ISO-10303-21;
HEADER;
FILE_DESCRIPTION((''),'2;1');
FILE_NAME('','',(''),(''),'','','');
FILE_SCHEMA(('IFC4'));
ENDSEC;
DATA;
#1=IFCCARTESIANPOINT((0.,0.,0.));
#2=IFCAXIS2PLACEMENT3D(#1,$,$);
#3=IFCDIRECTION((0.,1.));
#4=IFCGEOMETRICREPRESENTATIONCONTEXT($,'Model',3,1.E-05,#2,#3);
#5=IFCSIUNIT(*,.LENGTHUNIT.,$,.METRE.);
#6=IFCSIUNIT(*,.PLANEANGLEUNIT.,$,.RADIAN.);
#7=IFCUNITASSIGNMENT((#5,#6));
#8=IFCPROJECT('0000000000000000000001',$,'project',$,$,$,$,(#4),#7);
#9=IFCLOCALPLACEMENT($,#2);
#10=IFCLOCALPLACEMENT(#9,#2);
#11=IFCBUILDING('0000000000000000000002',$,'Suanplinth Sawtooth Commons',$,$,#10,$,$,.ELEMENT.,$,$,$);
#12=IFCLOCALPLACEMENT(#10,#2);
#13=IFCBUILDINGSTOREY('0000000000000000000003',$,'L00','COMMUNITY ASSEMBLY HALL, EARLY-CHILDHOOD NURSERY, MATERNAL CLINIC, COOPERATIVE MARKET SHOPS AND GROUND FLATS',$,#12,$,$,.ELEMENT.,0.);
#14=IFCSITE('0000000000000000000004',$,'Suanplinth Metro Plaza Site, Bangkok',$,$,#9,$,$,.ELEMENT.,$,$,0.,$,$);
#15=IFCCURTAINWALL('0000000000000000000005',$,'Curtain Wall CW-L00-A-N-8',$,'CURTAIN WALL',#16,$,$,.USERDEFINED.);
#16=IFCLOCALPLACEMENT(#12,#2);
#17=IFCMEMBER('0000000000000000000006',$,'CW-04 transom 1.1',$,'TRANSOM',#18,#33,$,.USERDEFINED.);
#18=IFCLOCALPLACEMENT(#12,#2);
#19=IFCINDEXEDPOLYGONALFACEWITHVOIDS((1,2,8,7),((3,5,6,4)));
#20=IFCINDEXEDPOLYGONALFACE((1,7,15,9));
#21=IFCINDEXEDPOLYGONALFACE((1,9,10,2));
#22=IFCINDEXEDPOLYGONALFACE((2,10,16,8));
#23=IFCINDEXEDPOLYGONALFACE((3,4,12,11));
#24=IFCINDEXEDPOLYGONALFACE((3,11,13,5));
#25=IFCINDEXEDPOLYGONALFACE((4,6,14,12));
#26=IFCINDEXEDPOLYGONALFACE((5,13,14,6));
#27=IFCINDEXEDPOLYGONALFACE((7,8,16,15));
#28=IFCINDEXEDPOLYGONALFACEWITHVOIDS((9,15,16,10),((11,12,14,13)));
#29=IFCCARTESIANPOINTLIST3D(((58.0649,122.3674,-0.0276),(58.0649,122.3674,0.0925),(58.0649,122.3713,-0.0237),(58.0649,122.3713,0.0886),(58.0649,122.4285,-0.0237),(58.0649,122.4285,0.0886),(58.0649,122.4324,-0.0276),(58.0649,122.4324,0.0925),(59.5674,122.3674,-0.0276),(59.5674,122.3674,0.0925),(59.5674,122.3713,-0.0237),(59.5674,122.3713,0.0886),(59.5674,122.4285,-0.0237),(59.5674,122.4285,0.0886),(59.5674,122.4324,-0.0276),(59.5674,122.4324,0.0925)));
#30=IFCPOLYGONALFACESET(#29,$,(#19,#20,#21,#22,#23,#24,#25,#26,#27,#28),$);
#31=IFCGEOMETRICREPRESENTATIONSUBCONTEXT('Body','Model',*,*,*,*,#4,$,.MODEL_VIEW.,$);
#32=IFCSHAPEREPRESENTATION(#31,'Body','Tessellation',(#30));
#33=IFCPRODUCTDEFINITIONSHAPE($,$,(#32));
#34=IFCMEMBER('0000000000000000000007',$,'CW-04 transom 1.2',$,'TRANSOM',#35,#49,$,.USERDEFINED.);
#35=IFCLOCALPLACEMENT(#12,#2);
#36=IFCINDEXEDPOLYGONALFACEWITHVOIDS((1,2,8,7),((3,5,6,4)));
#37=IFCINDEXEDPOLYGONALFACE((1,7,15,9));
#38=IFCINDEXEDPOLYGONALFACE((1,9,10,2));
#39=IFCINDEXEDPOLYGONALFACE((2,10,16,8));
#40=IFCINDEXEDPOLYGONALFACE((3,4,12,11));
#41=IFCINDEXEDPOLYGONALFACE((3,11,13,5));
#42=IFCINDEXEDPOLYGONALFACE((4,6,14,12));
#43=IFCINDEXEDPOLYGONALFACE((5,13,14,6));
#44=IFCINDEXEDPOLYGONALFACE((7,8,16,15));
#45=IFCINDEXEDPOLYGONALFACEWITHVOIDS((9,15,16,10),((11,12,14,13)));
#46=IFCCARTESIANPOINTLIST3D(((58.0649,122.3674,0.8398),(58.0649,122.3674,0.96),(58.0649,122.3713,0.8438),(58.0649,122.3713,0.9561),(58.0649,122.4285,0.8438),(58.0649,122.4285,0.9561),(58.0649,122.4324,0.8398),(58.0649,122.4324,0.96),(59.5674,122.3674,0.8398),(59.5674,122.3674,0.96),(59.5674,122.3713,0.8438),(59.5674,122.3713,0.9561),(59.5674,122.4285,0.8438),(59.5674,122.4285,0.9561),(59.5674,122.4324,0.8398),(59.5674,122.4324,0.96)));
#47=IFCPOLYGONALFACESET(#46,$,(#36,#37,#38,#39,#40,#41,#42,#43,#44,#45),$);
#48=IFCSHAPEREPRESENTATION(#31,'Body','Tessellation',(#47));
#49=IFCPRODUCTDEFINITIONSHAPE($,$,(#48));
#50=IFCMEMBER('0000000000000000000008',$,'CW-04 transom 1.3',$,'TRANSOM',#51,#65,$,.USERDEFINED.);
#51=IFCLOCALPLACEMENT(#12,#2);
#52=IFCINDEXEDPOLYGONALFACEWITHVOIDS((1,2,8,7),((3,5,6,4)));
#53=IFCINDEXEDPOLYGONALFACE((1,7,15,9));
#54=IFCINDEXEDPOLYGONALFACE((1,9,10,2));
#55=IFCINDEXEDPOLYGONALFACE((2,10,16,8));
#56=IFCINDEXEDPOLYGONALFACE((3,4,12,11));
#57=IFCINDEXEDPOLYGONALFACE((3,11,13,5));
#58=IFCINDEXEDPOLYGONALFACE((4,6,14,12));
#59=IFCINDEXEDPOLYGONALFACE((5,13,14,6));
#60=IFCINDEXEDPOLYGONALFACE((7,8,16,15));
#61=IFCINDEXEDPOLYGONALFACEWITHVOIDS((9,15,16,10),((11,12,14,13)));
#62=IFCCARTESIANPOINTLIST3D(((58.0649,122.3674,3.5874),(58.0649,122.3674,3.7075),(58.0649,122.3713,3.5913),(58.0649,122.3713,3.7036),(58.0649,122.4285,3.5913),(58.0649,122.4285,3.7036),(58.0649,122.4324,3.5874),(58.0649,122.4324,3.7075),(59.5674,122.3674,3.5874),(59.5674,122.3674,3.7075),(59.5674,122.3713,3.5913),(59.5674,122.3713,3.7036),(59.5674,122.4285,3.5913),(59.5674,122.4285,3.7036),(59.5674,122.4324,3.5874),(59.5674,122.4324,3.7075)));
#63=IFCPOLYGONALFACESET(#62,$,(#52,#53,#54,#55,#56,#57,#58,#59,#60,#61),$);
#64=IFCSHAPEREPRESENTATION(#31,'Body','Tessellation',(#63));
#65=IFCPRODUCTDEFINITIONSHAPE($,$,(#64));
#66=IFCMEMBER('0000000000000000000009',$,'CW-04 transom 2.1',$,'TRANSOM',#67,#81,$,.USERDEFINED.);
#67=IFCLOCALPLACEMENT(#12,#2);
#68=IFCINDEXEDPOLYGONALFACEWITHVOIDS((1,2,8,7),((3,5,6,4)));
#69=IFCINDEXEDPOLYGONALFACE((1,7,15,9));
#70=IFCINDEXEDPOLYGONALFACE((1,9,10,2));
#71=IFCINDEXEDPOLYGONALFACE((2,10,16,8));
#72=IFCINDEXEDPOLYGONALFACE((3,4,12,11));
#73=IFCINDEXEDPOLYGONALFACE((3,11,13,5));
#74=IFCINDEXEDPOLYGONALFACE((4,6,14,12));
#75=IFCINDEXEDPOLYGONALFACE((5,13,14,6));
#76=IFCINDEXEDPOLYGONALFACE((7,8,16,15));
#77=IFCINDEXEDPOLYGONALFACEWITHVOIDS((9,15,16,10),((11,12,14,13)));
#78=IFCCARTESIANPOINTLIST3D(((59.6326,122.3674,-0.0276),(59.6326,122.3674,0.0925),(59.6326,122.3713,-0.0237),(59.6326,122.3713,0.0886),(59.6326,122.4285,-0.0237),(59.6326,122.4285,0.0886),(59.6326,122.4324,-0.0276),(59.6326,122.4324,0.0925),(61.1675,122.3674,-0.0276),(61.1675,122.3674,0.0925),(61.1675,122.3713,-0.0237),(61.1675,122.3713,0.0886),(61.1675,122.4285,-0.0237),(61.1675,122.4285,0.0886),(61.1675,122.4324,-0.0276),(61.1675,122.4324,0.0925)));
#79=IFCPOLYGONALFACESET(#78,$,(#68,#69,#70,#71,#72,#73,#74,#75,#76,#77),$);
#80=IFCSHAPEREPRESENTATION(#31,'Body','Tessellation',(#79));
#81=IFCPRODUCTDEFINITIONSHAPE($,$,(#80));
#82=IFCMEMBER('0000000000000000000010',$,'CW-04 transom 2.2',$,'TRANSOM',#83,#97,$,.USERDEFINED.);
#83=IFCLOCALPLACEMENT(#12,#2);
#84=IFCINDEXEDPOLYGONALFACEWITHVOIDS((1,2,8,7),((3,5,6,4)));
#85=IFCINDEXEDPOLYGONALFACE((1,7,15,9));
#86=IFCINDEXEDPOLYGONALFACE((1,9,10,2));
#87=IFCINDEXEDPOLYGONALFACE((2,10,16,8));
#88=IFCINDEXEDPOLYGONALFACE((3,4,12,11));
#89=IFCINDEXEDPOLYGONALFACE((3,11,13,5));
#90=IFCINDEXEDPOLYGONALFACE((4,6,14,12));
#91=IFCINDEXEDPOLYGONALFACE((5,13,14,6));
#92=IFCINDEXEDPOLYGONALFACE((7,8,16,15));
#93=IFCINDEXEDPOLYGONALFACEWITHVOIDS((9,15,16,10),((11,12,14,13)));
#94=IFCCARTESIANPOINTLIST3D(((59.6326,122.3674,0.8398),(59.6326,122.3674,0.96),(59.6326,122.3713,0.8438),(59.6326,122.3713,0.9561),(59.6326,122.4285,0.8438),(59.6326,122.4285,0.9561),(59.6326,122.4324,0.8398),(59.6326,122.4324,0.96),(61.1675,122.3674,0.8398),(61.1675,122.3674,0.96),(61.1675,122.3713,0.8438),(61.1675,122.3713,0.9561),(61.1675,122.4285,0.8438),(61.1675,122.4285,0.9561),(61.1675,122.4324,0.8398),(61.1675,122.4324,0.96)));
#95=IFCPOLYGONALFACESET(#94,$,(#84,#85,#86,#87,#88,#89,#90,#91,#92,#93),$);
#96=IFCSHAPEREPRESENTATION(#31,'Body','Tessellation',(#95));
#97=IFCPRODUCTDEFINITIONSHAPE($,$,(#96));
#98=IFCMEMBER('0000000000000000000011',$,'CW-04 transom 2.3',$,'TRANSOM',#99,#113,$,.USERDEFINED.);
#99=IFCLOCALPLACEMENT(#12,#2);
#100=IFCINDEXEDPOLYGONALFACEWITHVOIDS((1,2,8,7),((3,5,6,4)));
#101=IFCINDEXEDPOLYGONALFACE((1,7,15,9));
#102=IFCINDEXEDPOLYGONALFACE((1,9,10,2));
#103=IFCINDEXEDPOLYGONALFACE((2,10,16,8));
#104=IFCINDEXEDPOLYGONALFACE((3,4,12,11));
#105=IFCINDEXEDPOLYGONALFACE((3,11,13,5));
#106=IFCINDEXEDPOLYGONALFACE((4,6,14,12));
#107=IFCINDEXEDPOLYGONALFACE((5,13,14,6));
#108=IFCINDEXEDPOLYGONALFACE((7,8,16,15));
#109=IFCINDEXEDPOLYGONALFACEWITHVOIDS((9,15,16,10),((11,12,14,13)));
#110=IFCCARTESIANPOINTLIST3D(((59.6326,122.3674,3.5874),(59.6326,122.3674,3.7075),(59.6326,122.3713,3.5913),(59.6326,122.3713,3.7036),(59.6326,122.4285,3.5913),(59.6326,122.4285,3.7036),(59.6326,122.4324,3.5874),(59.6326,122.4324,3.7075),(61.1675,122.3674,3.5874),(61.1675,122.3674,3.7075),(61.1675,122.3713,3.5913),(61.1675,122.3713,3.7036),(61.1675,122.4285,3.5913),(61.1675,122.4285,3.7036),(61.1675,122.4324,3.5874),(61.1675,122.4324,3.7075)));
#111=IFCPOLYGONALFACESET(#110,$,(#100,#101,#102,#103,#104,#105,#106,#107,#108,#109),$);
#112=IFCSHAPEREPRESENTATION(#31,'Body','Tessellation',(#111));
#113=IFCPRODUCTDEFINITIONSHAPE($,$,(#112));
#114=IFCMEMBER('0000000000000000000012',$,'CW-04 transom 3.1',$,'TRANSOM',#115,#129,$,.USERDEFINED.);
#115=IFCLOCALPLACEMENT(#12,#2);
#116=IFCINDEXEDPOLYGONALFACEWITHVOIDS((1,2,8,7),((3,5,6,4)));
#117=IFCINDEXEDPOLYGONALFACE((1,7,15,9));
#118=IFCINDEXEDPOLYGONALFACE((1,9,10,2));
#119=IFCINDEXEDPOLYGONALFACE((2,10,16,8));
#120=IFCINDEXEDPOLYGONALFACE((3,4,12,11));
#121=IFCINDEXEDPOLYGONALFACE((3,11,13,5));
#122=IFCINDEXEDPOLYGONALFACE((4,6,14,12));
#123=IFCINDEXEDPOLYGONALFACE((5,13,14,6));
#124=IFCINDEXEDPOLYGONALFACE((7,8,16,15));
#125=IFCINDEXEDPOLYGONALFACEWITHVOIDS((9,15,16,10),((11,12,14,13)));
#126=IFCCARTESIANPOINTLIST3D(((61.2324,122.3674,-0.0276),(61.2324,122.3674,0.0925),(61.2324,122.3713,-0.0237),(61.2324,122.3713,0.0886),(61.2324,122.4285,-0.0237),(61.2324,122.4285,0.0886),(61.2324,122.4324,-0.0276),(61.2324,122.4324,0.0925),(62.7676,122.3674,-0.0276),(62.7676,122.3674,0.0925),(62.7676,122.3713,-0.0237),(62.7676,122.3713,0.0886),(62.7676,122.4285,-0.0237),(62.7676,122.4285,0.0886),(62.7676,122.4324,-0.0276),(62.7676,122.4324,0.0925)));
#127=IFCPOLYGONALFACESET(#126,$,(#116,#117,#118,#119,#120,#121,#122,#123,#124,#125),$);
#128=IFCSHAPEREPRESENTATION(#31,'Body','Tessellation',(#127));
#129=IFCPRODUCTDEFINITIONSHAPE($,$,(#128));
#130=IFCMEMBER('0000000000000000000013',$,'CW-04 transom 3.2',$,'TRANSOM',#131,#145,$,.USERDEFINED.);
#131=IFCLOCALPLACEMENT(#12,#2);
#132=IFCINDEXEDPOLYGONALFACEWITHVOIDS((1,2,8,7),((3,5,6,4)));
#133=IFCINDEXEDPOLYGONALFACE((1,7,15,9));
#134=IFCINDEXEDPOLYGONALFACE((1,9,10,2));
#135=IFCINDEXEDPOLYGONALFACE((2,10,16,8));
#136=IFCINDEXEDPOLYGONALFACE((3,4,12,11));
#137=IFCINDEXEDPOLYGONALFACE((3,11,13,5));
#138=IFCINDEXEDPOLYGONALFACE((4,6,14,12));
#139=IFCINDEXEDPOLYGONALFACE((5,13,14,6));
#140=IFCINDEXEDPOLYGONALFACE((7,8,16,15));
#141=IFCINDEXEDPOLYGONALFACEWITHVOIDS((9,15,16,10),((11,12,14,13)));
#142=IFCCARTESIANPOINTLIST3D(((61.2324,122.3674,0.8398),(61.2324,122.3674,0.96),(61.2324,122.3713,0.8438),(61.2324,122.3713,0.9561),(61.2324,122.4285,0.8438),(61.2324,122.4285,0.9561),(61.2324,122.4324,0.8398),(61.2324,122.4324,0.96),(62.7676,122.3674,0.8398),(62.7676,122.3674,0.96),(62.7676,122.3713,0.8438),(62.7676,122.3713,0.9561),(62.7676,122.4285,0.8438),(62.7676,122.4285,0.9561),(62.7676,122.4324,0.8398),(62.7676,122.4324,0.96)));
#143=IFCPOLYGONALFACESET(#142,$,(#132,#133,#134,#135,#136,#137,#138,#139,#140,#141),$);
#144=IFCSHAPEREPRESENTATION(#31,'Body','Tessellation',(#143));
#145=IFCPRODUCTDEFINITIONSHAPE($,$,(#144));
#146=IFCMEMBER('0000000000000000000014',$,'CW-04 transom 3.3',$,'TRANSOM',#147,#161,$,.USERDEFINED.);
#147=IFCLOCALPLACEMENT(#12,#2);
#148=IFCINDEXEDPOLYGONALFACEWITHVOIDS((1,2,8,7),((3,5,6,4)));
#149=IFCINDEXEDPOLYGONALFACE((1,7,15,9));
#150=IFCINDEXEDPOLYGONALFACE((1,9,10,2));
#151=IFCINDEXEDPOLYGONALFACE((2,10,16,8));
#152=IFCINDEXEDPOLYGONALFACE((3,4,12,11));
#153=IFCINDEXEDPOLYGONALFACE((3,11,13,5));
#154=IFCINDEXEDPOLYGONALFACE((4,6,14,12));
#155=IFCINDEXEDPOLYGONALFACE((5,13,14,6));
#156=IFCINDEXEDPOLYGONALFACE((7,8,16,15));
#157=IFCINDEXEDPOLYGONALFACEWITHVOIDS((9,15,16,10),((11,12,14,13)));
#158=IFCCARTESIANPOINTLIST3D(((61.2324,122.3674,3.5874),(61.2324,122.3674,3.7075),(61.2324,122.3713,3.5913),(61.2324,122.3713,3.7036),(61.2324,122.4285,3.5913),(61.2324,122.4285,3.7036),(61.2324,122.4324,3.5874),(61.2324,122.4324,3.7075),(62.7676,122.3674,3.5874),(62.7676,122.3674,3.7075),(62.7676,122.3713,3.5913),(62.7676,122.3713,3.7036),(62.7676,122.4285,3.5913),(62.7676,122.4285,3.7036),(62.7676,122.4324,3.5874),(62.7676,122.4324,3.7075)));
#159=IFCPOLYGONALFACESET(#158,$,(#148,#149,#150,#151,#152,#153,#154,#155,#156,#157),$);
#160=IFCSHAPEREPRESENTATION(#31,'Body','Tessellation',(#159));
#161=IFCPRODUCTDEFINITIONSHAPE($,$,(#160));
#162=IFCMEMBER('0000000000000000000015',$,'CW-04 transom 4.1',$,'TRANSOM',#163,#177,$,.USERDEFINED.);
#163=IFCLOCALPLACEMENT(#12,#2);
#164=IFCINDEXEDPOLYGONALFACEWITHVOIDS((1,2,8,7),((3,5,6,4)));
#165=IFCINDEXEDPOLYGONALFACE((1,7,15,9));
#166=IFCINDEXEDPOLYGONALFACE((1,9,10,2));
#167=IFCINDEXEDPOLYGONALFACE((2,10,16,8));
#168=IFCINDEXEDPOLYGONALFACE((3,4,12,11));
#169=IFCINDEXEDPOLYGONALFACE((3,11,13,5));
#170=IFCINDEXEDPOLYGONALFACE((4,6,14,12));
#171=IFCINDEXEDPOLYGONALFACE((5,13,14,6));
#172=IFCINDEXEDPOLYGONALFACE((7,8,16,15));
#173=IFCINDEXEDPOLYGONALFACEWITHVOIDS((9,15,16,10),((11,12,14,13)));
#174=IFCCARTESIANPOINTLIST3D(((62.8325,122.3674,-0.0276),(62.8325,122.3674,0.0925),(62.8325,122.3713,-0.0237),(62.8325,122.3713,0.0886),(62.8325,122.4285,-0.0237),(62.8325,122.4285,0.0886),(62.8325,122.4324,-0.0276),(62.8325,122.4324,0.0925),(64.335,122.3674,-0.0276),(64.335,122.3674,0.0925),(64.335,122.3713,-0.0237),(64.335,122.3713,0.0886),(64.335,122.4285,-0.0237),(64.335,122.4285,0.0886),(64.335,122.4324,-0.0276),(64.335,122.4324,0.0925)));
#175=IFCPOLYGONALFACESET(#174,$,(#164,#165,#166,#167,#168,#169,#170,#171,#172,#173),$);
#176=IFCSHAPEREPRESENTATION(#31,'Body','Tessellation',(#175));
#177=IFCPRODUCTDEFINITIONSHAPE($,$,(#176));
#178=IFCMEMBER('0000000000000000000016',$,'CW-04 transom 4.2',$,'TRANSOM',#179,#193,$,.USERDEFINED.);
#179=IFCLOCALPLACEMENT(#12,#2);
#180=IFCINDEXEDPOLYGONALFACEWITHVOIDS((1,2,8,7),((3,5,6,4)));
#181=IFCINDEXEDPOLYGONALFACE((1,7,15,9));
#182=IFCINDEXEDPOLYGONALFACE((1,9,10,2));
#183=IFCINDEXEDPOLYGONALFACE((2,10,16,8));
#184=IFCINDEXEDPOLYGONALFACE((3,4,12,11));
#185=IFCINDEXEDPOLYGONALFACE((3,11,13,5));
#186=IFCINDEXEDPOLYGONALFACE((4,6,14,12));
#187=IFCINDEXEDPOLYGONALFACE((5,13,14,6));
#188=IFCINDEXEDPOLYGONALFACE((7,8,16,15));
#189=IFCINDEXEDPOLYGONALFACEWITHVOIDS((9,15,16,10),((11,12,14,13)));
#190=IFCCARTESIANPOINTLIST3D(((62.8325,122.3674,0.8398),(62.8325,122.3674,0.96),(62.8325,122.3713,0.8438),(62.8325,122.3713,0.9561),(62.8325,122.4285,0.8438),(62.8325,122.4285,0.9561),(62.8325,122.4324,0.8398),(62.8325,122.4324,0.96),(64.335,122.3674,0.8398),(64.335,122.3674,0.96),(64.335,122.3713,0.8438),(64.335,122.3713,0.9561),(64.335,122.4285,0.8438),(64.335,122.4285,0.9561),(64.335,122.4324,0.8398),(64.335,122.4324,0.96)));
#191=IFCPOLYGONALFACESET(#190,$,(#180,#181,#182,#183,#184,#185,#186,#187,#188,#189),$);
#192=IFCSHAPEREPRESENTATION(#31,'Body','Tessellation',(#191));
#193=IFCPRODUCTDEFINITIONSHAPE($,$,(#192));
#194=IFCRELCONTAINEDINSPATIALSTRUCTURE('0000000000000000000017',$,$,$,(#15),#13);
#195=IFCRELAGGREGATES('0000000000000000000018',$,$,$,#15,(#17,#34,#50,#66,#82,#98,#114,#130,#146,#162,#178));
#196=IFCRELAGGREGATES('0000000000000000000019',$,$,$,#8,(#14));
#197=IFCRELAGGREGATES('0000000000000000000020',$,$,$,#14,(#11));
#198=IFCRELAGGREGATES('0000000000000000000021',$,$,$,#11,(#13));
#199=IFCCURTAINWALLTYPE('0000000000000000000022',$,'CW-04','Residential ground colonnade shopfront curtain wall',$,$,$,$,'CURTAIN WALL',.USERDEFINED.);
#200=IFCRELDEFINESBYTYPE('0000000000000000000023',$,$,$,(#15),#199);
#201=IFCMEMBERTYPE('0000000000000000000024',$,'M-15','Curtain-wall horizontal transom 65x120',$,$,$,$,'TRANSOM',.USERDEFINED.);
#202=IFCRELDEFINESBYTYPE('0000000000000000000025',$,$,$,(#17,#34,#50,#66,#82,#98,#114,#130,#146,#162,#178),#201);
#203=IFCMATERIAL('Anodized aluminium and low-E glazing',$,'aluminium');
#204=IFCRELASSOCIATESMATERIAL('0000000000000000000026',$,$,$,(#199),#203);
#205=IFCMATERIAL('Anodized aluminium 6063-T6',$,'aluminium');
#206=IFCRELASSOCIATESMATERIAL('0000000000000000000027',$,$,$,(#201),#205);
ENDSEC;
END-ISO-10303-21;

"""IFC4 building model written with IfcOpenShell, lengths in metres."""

from ifc_helpers import new_model, si_unit, direction, frame, origin, origin_2d, place, context, subcontext, project, spatial, hollow_rectangle, extrude, material, material_profile, profile_set, type_object, element, aggregate, save


model = new_model("IFC4")

# Units and contexts
model_context = context("Model", 3, precision=1e-05, world=origin(), true_north=direction((0.0, 1.0)))
body_context = subcontext(model_context, "Body", "Model", "MODEL_VIEW")
ifc_project = project(units=[si_unit("LENGTHUNIT", "METRE"), si_unit("PLANEANGLEUNIT", "RADIAN")], contexts=[model_context])

# Site, building, storey
site_placement = place(None, origin())
site = spatial("IfcSite", under=ifc_project, at=site_placement, Name="Suanplinth Metro Plaza Site, Bangkok", CompositionType="ELEMENT", RefElevation=0.0)
building_placement = place(site_placement, origin())
building = spatial("IfcBuilding", under=site, at=building_placement, Name="Suanplinth Sawtooth Commons", CompositionType="ELEMENT")
storey_placement = place(building_placement, origin())
storey = spatial("IfcBuildingStorey", under=building, at=storey_placement, Name="L00", Description="COMMUNITY ASSEMBLY HALL, EARLY-CHILDHOOD NURSERY, MATERNAL CLINIC, COOPERATIVE MARKET SHOPS AND GROUND FLATS", CompositionType="ELEMENT", Elevation=0.0)

# Curtain wall, members
ifc_material_1 = material(Name="Anodized aluminium and low-E glazing", Category="aluminium")
curtain_wall_type = type_object("IfcCurtainWallType", Name="CW-04", Description="Residential ground colonnade shopfront curtain wall", ElementType="CURTAIN WALL", PredefinedType="USERDEFINED", material=ifc_material_1)
curtain_wall_placement = place(storey_placement, origin())
curtain_wall = element("IfcCurtainWall", 1, at=curtain_wall_placement, inside=storey, type_object=curtain_wall_type, Name="Curtain Wall CW-L00-A-N-8", ObjectType="CURTAIN WALL", PredefinedType="USERDEFINED")
ifc_material_2 = material(Name="Anodized aluminium 6063-T6", Category="aluminium")
ifc_material_profile_1 = material_profile(ifc_material_2, hollow_rectangle(XDim=0.0649, YDim=0.1201, WallThickness=0.0039, at=origin_2d()), Name="ALU-TRN 65x120")
ifc_profile_set_1 = profile_set([ifc_material_profile_1], Name="Anodized aluminium 6063-T6")
member_type_1 = type_object("IfcMemberType", Name="M-15", Description="Curtain-wall horizontal transom 65x120", ElementType="TRANSOM", PredefinedType="USERDEFINED", material=ifc_profile_set_1)
member_1_placement = place(storey_placement, frame((58.0649, 122.3999, 0.0325), z_axis=(1.0, 0.0, 0.0), x_axis=(0.0, 1.0, 0.0)))
member_1 = element("IfcMember", 2, at=member_1_placement, type_object=member_type_1, Name="CW-04 transom 1.1", ObjectType="TRANSOM", PredefinedType="USERDEFINED", context=body_context, shape_type="SweptSolid", body=[
    extrude(hollow_rectangle(XDim=0.0649, YDim=0.1201, WallThickness=0.0039, at=origin_2d()), origin(), (0.0, 0.0, 1.0), 1.5024),
])
member_2_placement = place(storey_placement, frame((58.0649, 122.3999, 0.8999), z_axis=(1.0, 0.0, 0.0), x_axis=(0.0, 1.0, 0.0)))
member_2 = element("IfcMember", 3, at=member_2_placement, type_object=member_type_1, Name="CW-04 transom 1.2", ObjectType="TRANSOM", PredefinedType="USERDEFINED", context=body_context, shape_type="SweptSolid", body=[
    extrude(hollow_rectangle(XDim=0.0649, YDim=0.1201, WallThickness=0.0039, at=origin_2d()), origin(), (0.0, 0.0, 1.0), 1.5024),
])
member_3_placement = place(storey_placement, frame((58.0649, 122.3999, 3.6475), z_axis=(1.0, 0.0, 0.0), x_axis=(0.0, 1.0, 0.0)))
member_3 = element("IfcMember", 4, at=member_3_placement, type_object=member_type_1, Name="CW-04 transom 1.3", ObjectType="TRANSOM", PredefinedType="USERDEFINED", context=body_context, shape_type="SweptSolid", body=[
    extrude(hollow_rectangle(XDim=0.0649, YDim=0.1201, WallThickness=0.0039, at=origin_2d()), origin(), (0.0, 0.0, 1.0), 1.5024),
])
member_4_placement = place(storey_placement, frame((59.6326, 122.3999, 0.0325), z_axis=(1.0, 0.0, 0.0), x_axis=(0.0, 1.0, 0.0)))
member_4 = element("IfcMember", 5, at=member_4_placement, type_object=member_type_1, Name="CW-04 transom 2.1", ObjectType="TRANSOM", PredefinedType="USERDEFINED", context=body_context, shape_type="SweptSolid", body=[
    extrude(hollow_rectangle(XDim=0.0649, YDim=0.1201, WallThickness=0.0039, at=origin_2d()), origin(), (0.0, 0.0, 1.0), 1.5349),
])
member_5_placement = place(storey_placement, frame((59.6326, 122.3999, 0.8999), z_axis=(1.0, 0.0, 0.0), x_axis=(0.0, 1.0, 0.0)))
member_5 = element("IfcMember", 6, at=member_5_placement, type_object=member_type_1, Name="CW-04 transom 2.2", ObjectType="TRANSOM", PredefinedType="USERDEFINED", context=body_context, shape_type="SweptSolid", body=[
    extrude(hollow_rectangle(XDim=0.0649, YDim=0.1201, WallThickness=0.0039, at=origin_2d()), origin(), (0.0, 0.0, 1.0), 1.5349),
])
member_6_placement = place(storey_placement, frame((59.6326, 122.3999, 3.6475), z_axis=(1.0, 0.0, 0.0), x_axis=(0.0, 1.0, 0.0)))
member_6 = element("IfcMember", 7, at=member_6_placement, type_object=member_type_1, Name="CW-04 transom 2.3", ObjectType="TRANSOM", PredefinedType="USERDEFINED", context=body_context, shape_type="SweptSolid", body=[
    extrude(hollow_rectangle(XDim=0.0649, YDim=0.1201, WallThickness=0.0039, at=origin_2d()), origin(), (0.0, 0.0, 1.0), 1.5349),
])
member_7_placement = place(storey_placement, frame((61.2324, 122.3999, 0.0325), z_axis=(1.0, 0.0, 0.0), x_axis=(0.0, 1.0, 0.0)))
member_7 = element("IfcMember", 8, at=member_7_placement, type_object=member_type_1, Name="CW-04 transom 3.1", ObjectType="TRANSOM", PredefinedType="USERDEFINED", context=body_context, shape_type="SweptSolid", body=[
    extrude(hollow_rectangle(XDim=0.0649, YDim=0.1201, WallThickness=0.0039, at=origin_2d()), origin(), (0.0, 0.0, 1.0), 1.5352),
])
member_8_placement = place(storey_placement, frame((61.2324, 122.3999, 0.8999), z_axis=(1.0, 0.0, 0.0), x_axis=(0.0, 1.0, 0.0)))
member_8 = element("IfcMember", 9, at=member_8_placement, type_object=member_type_1, Name="CW-04 transom 3.2", ObjectType="TRANSOM", PredefinedType="USERDEFINED", context=body_context, shape_type="SweptSolid", body=[
    extrude(hollow_rectangle(XDim=0.0649, YDim=0.1201, WallThickness=0.0039, at=origin_2d()), origin(), (0.0, 0.0, 1.0), 1.5352),
])
member_9_placement = place(storey_placement, frame((61.2324, 122.3999, 3.6475), z_axis=(1.0, 0.0, 0.0), x_axis=(0.0, 1.0, 0.0)))
member_9 = element("IfcMember", 10, at=member_9_placement, type_object=member_type_1, Name="CW-04 transom 3.3", ObjectType="TRANSOM", PredefinedType="USERDEFINED", context=body_context, shape_type="SweptSolid", body=[
    extrude(hollow_rectangle(XDim=0.0649, YDim=0.1201, WallThickness=0.0039, at=origin_2d()), origin(), (0.0, 0.0, 1.0), 1.5352),
])
member_10_placement = place(storey_placement, frame((62.8325, 122.3999, 0.0325), z_axis=(1.0, 0.0, 0.0), x_axis=(0.0, 1.0, 0.0)))
member_10 = element("IfcMember", 11, at=member_10_placement, type_object=member_type_1, Name="CW-04 transom 4.1", ObjectType="TRANSOM", PredefinedType="USERDEFINED", context=body_context, shape_type="SweptSolid", body=[
    extrude(hollow_rectangle(XDim=0.0649, YDim=0.1201, WallThickness=0.0039, at=origin_2d()), origin(), (0.0, 0.0, 1.0), 1.5024),
])
member_11_placement = place(storey_placement, frame((62.8325, 122.3999, 0.8999), z_axis=(1.0, 0.0, 0.0), x_axis=(0.0, 1.0, 0.0)))
member_11 = element("IfcMember", 12, at=member_11_placement, type_object=member_type_1, Name="CW-04 transom 4.2", ObjectType="TRANSOM", PredefinedType="USERDEFINED", context=body_context, shape_type="SweptSolid", body=[
    extrude(hollow_rectangle(XDim=0.0649, YDim=0.1201, WallThickness=0.0039, at=origin_2d()), origin(), (0.0, 0.0, 1.0), 1.5024),
])
aggregate(curtain_wall, [member_1, member_2, member_3, member_4, member_5, member_6, member_7, member_8, member_9, member_10, member_11])

save(model, "model.ifc")
